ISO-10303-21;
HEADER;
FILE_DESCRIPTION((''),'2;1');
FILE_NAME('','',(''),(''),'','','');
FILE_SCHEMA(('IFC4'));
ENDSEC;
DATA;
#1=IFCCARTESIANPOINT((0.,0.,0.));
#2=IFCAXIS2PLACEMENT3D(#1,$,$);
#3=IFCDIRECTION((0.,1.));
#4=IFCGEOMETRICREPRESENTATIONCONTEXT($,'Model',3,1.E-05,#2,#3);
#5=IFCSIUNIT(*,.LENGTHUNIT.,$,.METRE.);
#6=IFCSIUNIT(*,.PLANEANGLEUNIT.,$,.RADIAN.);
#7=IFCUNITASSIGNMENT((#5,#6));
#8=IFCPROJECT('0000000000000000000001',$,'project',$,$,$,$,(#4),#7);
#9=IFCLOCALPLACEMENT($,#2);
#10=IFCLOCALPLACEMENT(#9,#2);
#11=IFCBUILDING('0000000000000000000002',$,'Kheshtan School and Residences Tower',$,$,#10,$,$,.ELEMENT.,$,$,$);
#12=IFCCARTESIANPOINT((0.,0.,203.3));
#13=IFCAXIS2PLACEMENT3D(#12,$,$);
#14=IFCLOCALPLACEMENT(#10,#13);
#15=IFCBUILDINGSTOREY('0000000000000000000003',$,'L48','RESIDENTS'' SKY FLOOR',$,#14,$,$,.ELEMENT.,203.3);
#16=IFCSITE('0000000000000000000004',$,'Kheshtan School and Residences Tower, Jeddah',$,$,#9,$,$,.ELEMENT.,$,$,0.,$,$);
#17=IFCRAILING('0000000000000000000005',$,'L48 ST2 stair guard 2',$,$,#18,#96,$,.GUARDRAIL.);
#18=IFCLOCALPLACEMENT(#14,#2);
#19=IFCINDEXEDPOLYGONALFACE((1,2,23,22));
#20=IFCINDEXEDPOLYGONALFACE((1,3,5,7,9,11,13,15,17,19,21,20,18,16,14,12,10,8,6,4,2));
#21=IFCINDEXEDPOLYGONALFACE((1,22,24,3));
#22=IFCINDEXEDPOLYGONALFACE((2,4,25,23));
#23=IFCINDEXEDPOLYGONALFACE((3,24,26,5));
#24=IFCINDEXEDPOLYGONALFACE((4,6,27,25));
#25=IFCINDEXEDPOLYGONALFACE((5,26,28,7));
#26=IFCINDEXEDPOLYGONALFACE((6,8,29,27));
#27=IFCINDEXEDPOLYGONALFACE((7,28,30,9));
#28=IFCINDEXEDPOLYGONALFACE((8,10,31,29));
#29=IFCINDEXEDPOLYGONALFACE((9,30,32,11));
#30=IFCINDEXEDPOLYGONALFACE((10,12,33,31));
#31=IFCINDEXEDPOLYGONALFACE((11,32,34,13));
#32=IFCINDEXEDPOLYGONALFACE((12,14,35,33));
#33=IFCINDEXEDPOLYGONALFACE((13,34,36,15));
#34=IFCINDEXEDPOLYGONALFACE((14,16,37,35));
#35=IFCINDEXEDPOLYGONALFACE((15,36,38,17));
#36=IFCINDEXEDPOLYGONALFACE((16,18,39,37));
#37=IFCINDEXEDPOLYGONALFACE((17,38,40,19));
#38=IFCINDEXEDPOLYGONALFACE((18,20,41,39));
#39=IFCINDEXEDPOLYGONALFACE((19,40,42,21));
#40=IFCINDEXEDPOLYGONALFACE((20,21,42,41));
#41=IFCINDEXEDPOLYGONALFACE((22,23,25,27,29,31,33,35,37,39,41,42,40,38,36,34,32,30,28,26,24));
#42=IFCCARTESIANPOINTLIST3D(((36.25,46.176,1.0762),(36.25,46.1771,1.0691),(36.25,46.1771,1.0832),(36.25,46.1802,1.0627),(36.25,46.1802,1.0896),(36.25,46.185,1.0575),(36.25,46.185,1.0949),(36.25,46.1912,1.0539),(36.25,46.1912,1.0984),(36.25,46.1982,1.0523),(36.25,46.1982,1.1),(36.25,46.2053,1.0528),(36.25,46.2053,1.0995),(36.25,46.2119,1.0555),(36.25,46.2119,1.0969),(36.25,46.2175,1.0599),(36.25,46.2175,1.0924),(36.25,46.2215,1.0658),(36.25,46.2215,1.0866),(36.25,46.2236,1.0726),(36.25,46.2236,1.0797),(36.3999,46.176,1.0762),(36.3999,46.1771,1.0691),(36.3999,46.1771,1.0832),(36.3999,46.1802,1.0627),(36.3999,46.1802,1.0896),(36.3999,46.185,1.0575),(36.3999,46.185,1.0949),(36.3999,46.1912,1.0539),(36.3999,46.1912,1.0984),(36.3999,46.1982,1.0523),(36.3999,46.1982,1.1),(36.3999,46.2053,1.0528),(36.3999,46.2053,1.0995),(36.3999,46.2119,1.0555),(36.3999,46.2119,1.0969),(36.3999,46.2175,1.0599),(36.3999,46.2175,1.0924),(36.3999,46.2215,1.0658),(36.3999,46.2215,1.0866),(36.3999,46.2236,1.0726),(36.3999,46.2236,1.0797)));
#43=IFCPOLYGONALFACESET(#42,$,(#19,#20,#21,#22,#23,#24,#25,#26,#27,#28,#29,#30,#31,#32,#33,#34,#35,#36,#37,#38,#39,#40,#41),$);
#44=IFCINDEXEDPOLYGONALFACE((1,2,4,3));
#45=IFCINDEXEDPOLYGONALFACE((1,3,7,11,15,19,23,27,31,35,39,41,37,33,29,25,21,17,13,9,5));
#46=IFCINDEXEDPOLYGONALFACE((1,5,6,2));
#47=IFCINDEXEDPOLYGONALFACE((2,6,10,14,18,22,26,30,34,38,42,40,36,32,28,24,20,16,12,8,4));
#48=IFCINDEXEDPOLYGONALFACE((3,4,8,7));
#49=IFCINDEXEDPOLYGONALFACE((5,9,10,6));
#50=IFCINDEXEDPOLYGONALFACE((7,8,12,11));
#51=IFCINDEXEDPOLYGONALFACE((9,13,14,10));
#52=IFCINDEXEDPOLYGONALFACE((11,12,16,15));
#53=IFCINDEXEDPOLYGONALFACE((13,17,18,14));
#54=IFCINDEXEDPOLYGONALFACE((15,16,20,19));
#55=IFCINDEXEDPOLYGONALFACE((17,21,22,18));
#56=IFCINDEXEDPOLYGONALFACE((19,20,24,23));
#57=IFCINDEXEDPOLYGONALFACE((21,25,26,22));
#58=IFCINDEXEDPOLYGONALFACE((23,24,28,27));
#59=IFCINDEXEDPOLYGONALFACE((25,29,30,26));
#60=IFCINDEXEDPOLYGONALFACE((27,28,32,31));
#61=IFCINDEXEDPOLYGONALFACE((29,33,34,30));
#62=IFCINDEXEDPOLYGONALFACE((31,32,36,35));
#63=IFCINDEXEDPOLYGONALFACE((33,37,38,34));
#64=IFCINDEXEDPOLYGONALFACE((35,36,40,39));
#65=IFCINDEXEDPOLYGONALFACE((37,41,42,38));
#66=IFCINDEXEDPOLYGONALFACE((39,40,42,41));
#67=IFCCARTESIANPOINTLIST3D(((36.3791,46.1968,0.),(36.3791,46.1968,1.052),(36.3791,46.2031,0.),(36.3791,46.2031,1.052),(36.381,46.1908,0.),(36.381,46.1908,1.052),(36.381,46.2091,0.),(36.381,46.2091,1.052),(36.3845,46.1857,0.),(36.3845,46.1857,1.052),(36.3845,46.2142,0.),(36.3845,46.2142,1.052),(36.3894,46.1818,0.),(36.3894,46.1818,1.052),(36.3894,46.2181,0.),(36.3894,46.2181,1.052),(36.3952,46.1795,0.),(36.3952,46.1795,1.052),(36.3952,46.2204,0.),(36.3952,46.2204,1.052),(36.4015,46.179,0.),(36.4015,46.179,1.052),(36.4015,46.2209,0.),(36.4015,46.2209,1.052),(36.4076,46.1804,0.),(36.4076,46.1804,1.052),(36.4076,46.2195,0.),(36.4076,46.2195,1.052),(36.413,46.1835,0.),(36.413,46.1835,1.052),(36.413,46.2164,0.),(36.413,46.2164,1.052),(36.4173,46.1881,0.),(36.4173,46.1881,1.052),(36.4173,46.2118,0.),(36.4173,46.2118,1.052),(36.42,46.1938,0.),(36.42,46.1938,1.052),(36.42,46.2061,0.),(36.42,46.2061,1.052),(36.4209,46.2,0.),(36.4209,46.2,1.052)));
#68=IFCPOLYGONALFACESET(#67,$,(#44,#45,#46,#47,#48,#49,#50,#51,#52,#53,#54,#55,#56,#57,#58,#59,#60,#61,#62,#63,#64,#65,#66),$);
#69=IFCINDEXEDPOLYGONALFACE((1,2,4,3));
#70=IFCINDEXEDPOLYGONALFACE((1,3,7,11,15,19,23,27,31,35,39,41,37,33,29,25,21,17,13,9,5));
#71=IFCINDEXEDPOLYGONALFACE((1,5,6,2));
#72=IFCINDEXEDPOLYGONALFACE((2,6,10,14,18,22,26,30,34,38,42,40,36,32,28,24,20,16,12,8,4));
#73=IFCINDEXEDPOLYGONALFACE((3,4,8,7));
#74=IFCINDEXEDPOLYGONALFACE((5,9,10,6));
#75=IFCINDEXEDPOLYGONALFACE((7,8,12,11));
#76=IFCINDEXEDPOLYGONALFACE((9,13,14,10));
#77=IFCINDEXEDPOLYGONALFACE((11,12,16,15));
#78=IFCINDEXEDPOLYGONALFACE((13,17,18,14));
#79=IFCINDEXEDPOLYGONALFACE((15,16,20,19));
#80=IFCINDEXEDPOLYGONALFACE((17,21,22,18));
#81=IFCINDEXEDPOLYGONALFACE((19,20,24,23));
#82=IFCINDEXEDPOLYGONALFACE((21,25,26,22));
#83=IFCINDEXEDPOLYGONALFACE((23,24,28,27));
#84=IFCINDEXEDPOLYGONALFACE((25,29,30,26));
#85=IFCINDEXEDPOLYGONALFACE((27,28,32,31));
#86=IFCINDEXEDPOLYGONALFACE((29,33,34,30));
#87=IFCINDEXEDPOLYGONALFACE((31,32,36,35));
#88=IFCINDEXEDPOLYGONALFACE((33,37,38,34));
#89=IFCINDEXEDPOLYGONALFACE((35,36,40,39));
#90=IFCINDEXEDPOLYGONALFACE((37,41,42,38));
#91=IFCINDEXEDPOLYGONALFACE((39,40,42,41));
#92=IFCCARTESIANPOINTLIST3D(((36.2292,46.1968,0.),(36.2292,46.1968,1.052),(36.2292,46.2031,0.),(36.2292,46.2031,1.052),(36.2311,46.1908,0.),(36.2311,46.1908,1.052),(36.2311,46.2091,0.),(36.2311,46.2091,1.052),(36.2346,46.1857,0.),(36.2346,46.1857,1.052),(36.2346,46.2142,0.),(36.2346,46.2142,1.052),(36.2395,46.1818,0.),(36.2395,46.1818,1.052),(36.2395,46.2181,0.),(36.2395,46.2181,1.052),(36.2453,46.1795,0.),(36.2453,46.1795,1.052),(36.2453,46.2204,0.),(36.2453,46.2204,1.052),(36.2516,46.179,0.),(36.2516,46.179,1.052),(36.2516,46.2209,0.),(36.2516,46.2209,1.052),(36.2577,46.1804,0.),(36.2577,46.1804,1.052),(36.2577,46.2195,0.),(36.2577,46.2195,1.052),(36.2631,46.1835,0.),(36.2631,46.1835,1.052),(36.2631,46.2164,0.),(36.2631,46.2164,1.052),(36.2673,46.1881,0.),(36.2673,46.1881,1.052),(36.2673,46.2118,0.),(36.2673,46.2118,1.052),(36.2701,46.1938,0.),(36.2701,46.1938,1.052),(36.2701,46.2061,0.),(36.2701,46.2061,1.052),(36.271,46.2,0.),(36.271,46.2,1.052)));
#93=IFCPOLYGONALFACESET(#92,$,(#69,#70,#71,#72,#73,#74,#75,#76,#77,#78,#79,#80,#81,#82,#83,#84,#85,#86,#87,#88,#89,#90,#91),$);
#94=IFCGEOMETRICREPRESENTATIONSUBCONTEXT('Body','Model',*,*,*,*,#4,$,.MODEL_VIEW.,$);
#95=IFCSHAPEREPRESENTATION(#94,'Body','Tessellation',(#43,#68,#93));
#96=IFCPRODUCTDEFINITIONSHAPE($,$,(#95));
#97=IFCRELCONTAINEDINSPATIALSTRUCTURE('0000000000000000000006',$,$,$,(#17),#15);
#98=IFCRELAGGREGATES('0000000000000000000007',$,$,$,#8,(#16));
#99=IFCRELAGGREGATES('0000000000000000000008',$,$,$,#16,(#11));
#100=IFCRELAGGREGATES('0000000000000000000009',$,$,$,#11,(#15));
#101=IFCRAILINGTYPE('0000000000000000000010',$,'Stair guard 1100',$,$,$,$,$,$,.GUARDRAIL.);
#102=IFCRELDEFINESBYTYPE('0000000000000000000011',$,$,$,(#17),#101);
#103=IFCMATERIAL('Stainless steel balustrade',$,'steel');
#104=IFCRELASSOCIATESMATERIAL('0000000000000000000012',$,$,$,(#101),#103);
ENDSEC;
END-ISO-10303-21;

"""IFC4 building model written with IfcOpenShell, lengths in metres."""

from ifc_helpers import new_model, si_unit, direction, frame, origin, origin_2d, place, context, subcontext, project, spatial, circle, extrude, material, type_object, element, save


model = new_model("IFC4")

# Units and contexts
model_context = context("Model", 3, precision=1e-05, world=origin(), true_north=direction((0.0, 1.0)))
body_context = subcontext(model_context, "Body", "Model", "MODEL_VIEW")
ifc_project = project(units=[si_unit("LENGTHUNIT", "METRE"), si_unit("PLANEANGLEUNIT", "RADIAN")], contexts=[model_context])

# Site, building, storey
site_placement = place(None, origin())
site = spatial("IfcSite", under=ifc_project, at=site_placement, Name="Kheshtan School and Residences Tower, Jeddah", CompositionType="ELEMENT", RefElevation=0.0)
building_placement = place(site_placement, origin())
building = spatial("IfcBuilding", under=site, at=building_placement, Name="Kheshtan School and Residences Tower", CompositionType="ELEMENT")
storey_placement = place(building_placement, frame((0.0, 0.0, 203.3)))
storey = spatial("IfcBuildingStorey", under=building, at=storey_placement, Name="L48", Description="RESIDENTS' SKY FLOOR", CompositionType="ELEMENT", Elevation=203.3)

# Railing
ifc_material_1 = material(Name="Stainless steel balustrade", Category="steel")
railing_type_1 = type_object("IfcRailingType", Name="Stair guard 1100", PredefinedType="GUARDRAIL", material=ifc_material_1)
railing_1_placement = place(storey_placement, frame((36.3999, 46.2, 0.0)))
element("IfcRailing", 1, at=railing_1_placement, inside=storey, type_object=railing_type_1, Name="L48 ST2 stair guard 2", PredefinedType="GUARDRAIL", context=body_context, shape_type="SweptSolid", body=[
    extrude(circle(Radius=0.0239, at=origin_2d()), frame((0.0, 0.0, 1.0762), z_axis=(-1.0, 0.0, 0.0), x_axis=(0.0, -1.0, 0.0)), (0.0, 0.0, 1.0), 0.1499),
    extrude(circle(Radius=0.021, at=origin_2d()), origin(), (0.0, 0.0, 1.0), 1.052),
    extrude(circle(Radius=0.021, at=origin_2d()), frame((-0.1499, 0.0, 0.0)), (0.0, 0.0, 1.0), 1.052),
])

save(model, "model.ifc")
